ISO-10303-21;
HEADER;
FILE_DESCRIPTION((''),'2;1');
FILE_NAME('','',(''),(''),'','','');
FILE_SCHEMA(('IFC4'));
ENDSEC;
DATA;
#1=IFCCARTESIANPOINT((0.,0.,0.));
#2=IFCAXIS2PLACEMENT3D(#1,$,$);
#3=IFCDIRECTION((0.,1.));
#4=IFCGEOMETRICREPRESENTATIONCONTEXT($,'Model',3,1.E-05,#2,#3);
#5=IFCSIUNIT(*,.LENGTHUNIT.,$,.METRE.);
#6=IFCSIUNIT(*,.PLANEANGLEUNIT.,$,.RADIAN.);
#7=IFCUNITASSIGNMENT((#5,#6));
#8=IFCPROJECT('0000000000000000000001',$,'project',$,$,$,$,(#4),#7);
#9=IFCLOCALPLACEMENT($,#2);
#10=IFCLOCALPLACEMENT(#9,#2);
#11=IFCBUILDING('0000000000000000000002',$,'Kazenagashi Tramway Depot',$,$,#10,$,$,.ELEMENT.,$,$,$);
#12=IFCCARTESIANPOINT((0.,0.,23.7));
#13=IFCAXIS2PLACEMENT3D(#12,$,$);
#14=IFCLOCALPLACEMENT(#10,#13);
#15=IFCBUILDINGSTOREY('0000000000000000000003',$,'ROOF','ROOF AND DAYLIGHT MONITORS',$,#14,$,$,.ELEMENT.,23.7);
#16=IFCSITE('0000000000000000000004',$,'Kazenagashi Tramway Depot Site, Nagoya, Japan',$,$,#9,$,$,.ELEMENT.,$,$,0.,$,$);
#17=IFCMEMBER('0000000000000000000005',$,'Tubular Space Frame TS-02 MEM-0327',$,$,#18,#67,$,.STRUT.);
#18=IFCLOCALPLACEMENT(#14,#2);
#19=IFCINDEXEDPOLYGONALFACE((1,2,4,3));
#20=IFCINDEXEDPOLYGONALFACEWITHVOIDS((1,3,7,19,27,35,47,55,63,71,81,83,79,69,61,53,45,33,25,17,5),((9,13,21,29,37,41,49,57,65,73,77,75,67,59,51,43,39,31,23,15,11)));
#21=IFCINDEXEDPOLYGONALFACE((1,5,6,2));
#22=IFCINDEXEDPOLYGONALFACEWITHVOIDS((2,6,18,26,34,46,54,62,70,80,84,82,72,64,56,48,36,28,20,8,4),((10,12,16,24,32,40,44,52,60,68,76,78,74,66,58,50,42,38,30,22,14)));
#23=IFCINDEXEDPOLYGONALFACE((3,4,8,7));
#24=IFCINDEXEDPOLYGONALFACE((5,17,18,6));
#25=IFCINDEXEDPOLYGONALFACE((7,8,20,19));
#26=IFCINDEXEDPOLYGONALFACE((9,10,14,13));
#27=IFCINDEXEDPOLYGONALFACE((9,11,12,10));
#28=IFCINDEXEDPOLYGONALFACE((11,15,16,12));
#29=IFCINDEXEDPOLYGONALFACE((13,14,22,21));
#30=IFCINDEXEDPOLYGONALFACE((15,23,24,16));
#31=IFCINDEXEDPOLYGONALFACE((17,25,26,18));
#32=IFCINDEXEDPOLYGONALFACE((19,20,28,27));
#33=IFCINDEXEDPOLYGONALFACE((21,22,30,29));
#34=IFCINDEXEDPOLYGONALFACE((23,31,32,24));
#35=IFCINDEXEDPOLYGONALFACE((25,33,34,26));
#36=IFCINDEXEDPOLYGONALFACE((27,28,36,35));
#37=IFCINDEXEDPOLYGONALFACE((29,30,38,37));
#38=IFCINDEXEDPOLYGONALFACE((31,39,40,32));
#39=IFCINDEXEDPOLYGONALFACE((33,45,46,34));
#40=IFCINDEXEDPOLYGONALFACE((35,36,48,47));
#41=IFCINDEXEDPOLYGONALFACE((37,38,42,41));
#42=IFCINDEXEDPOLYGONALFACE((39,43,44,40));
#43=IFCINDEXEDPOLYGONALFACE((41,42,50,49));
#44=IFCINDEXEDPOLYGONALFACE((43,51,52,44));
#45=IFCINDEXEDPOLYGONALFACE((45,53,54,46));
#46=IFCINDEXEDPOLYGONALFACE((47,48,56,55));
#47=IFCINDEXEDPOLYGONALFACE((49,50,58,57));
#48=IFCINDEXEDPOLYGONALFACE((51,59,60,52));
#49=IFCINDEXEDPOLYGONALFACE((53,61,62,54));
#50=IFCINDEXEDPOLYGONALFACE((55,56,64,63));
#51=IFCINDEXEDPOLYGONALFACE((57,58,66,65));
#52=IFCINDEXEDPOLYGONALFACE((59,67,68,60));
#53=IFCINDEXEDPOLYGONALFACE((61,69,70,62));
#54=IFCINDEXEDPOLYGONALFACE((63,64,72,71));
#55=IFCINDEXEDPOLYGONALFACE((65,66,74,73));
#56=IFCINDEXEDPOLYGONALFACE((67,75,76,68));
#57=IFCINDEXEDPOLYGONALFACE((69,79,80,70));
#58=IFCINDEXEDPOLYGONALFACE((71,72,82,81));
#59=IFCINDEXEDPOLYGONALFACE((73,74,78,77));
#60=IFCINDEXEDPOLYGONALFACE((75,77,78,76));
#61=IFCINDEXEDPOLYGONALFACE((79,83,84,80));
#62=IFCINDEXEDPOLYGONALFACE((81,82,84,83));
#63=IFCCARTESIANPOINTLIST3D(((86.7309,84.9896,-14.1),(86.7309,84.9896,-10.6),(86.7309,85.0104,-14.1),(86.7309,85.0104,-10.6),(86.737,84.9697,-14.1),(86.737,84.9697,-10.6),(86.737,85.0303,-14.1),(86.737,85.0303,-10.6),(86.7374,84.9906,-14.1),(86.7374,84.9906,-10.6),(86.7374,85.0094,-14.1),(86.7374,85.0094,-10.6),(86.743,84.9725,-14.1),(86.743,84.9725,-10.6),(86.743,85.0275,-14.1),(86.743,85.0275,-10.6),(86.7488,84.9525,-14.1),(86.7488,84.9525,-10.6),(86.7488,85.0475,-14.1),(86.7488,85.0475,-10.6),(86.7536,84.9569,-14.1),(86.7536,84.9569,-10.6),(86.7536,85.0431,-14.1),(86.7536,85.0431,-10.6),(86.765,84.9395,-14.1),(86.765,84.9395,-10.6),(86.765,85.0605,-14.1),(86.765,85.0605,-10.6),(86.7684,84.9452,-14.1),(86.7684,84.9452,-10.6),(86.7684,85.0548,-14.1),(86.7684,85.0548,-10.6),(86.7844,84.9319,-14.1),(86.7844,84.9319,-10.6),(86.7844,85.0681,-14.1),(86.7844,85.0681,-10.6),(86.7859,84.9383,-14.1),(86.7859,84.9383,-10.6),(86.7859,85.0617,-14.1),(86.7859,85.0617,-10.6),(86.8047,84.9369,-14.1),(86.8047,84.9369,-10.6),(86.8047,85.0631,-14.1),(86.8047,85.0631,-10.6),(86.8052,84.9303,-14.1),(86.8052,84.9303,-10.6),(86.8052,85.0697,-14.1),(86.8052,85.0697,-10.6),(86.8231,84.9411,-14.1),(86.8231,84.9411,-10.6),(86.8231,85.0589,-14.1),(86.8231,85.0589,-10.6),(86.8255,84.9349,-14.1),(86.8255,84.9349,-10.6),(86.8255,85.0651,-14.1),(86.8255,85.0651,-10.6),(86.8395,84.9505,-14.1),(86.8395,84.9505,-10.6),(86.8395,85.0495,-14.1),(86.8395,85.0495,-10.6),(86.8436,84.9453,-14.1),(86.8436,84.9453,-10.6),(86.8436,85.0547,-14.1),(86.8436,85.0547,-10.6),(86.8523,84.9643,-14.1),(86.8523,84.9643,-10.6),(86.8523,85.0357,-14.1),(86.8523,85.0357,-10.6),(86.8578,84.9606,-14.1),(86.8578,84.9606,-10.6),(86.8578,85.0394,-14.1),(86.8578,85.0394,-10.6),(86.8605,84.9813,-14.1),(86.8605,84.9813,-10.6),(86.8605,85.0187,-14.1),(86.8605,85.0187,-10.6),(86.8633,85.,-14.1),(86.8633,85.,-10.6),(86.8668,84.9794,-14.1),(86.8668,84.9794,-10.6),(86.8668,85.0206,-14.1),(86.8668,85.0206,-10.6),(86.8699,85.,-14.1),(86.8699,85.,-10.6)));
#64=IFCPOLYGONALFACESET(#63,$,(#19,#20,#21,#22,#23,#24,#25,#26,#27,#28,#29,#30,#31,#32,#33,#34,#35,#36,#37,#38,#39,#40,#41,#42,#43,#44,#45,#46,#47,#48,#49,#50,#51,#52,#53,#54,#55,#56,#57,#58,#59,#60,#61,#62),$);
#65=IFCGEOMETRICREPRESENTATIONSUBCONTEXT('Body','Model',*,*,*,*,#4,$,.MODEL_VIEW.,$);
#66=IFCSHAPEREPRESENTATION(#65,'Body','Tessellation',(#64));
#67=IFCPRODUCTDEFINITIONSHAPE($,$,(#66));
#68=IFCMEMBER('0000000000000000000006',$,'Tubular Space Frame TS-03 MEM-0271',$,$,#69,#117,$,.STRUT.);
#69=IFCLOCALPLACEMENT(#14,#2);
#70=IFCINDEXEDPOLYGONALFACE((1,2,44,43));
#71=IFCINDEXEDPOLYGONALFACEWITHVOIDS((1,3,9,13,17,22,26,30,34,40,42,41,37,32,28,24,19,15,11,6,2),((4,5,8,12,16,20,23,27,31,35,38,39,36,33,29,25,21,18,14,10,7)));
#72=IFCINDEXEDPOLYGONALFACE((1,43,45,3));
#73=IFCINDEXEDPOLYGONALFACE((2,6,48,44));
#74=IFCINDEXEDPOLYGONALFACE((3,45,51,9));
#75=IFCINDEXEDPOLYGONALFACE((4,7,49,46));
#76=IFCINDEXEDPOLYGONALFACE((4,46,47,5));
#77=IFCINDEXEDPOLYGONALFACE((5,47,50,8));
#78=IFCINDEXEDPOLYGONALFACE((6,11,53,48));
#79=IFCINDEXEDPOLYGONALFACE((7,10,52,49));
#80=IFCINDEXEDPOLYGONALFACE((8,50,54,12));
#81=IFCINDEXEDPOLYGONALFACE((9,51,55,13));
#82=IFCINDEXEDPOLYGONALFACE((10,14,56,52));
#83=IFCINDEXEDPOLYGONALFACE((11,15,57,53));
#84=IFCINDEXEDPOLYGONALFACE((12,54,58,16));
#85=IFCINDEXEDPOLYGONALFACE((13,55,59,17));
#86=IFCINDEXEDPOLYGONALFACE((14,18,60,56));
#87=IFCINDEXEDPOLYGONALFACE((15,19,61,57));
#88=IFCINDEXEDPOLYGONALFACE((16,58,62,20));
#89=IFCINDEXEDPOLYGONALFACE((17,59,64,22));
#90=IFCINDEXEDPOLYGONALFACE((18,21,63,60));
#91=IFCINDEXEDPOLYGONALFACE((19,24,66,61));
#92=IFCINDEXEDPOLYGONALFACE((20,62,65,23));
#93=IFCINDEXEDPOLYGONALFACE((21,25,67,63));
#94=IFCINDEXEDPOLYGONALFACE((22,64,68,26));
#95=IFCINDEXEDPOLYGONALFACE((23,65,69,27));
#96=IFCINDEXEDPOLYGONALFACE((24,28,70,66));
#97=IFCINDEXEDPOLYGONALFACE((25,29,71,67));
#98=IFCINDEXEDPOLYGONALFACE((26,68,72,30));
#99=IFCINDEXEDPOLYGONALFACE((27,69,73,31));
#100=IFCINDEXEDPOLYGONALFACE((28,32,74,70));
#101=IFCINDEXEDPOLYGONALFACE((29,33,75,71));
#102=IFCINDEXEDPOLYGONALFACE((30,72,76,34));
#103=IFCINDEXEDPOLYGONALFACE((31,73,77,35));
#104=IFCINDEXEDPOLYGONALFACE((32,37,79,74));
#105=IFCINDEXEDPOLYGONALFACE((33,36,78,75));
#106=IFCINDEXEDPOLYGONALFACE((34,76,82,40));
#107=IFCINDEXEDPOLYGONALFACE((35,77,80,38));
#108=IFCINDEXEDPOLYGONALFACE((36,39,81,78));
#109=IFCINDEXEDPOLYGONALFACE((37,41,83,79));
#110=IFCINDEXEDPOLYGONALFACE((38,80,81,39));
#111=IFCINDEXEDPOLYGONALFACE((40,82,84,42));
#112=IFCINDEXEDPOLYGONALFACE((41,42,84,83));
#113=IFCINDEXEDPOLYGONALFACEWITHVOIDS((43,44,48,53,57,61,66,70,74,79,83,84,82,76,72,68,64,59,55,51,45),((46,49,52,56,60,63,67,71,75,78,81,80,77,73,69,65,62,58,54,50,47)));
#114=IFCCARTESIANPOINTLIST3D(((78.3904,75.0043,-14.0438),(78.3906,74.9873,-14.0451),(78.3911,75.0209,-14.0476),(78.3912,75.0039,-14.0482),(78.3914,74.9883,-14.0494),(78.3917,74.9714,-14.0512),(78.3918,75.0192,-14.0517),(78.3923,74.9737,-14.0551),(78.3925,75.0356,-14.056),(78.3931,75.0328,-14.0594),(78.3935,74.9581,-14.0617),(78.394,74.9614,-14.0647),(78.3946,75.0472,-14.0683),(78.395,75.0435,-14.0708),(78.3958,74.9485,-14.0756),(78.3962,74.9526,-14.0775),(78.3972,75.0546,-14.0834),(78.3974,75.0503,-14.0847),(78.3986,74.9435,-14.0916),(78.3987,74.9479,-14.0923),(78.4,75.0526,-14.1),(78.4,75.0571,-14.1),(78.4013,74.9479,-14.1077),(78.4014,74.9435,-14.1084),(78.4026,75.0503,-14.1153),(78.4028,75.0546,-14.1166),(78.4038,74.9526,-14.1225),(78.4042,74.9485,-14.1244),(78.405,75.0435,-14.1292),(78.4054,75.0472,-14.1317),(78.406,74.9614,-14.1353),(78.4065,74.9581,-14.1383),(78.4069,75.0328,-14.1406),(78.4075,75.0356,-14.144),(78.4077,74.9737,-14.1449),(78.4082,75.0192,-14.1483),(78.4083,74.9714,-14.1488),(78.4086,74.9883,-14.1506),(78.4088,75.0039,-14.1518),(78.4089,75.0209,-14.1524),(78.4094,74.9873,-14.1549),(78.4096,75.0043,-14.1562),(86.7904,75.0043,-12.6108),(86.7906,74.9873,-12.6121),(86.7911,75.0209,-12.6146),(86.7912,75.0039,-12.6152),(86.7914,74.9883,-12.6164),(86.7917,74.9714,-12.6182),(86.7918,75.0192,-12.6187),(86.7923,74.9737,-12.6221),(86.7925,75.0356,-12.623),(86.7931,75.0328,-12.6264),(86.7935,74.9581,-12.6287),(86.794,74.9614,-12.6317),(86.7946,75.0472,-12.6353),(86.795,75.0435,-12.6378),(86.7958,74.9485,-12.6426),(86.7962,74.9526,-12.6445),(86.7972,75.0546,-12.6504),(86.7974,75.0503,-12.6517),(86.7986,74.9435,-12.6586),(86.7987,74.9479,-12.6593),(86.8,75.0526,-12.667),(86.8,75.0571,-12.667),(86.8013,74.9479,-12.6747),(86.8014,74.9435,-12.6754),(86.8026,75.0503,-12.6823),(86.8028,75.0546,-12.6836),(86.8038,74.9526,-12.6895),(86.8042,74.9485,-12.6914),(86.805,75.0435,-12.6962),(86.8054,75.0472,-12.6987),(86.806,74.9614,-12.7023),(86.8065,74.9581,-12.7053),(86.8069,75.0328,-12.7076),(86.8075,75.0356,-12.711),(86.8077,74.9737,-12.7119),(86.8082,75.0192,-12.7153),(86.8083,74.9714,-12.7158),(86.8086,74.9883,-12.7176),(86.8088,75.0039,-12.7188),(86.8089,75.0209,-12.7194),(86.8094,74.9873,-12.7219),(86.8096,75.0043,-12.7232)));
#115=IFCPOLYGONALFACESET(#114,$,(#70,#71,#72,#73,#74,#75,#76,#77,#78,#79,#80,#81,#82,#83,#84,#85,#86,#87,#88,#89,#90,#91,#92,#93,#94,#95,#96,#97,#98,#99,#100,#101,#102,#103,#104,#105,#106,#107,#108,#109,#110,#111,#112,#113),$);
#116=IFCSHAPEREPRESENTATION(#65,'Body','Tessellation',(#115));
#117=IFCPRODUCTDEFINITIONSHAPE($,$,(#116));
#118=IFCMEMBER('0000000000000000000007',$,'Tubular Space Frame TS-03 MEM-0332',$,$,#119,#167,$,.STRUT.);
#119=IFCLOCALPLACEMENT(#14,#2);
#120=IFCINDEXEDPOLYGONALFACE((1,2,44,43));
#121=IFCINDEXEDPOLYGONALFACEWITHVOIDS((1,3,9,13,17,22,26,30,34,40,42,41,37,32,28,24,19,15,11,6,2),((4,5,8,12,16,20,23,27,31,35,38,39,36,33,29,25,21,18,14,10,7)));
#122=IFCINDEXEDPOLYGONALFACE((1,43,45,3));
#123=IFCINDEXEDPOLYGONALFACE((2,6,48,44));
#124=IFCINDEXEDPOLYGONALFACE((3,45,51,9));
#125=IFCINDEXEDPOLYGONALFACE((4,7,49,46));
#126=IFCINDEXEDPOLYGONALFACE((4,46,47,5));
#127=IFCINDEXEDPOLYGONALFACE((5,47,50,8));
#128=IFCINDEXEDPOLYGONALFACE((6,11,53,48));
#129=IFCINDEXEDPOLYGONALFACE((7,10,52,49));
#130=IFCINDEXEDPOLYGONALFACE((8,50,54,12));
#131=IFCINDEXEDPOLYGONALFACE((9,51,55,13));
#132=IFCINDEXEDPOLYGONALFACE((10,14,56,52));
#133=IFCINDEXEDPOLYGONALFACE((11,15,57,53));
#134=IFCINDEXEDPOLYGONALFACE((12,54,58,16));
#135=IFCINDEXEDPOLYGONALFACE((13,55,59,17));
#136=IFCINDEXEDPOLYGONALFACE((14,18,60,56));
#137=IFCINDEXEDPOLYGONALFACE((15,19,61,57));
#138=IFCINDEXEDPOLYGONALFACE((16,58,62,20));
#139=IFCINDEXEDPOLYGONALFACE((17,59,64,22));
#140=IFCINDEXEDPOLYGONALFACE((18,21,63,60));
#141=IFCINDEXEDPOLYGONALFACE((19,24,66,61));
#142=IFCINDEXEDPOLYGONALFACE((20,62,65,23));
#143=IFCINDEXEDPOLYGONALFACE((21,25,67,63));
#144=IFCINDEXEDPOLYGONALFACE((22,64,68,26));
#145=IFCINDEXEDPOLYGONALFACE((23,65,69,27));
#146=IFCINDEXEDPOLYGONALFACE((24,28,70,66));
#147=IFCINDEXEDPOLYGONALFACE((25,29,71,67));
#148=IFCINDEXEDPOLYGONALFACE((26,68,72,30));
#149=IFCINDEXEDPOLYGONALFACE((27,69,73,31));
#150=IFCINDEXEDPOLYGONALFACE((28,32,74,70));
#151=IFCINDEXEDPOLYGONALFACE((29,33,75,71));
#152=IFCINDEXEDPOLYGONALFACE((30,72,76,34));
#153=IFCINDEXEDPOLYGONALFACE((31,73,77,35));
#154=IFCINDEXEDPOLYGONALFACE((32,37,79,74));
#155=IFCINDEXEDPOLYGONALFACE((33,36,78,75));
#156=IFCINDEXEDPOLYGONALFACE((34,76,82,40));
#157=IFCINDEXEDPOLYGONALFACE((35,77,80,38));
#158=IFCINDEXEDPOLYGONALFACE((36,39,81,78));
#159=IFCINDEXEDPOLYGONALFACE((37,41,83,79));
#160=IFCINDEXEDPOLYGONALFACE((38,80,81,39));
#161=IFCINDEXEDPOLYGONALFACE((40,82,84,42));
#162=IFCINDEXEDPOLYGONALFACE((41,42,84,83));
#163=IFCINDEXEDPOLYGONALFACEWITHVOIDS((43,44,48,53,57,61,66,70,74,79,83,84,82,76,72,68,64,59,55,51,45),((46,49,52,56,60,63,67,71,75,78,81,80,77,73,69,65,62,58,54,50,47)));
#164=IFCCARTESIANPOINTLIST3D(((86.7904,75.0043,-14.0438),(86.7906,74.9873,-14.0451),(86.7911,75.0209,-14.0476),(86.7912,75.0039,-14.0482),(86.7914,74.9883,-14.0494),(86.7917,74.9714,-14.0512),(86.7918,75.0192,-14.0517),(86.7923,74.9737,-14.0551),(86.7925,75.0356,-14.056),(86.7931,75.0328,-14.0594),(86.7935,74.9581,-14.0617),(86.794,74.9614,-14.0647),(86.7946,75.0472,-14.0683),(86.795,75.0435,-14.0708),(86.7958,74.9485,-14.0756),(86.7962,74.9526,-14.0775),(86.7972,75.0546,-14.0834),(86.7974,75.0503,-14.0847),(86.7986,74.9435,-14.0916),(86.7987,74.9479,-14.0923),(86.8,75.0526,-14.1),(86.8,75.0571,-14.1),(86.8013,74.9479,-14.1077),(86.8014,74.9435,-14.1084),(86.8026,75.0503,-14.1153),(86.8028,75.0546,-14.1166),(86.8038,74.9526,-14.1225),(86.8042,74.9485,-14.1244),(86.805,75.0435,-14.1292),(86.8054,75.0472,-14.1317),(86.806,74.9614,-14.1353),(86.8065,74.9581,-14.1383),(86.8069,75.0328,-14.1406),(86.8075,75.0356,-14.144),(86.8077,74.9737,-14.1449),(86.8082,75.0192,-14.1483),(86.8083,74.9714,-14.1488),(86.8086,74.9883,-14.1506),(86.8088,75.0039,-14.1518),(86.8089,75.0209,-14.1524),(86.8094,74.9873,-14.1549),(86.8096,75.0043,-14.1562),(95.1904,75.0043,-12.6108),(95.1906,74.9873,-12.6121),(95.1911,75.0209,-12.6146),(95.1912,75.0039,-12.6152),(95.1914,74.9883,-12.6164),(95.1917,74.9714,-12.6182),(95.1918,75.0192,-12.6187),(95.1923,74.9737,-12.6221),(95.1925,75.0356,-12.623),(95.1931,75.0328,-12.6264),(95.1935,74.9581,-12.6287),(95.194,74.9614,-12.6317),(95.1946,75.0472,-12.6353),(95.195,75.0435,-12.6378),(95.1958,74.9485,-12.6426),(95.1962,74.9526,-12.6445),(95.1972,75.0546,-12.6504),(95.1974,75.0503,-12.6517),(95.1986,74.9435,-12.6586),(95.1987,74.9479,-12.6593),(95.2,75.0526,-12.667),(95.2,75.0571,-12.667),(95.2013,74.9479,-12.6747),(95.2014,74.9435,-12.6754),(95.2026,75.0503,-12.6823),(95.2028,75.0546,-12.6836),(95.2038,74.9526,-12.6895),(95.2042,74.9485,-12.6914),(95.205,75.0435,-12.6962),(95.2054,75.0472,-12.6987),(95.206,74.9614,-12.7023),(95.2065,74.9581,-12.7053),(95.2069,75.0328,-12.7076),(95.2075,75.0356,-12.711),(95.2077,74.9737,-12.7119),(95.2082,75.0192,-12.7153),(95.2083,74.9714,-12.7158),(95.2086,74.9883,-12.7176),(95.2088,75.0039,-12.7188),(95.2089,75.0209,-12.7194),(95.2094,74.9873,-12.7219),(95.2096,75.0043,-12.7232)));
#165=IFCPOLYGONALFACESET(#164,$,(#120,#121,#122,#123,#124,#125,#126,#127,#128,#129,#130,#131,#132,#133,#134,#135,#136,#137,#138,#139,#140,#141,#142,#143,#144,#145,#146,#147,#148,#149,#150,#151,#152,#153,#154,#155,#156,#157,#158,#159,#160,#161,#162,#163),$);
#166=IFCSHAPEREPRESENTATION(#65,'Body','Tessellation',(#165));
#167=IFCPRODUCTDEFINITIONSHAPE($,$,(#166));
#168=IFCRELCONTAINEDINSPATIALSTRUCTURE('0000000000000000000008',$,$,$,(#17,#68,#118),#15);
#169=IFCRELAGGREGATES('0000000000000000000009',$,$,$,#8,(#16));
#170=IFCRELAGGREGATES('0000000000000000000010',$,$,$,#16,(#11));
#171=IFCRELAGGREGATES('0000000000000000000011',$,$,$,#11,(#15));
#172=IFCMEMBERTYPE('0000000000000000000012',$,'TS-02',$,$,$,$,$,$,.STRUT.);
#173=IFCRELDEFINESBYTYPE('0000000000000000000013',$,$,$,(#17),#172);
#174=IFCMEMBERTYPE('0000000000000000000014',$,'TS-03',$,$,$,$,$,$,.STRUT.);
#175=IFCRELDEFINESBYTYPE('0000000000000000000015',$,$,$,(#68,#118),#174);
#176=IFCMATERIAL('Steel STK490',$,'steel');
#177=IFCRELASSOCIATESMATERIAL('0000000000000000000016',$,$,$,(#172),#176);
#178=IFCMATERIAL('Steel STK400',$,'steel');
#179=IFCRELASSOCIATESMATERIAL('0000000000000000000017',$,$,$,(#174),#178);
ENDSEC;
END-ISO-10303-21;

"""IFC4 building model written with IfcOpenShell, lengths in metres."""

from ifc_helpers import new_model, si_unit, direction, frame, origin, origin_2d, place, context, subcontext, project, spatial, hollow_circle, extrude, material, material_profile, profile_set, type_object, element, save


model = new_model("IFC4")

# Units and contexts
model_context = context("Model", 3, precision=1e-05, world=origin(), true_north=direction((0.0, 1.0)))
body_context = subcontext(model_context, "Body", "Model", "MODEL_VIEW")
ifc_project = project(units=[si_unit("LENGTHUNIT", "METRE"), si_unit("PLANEANGLEUNIT", "RADIAN")], contexts=[model_context])

# Site, building, storey
site_placement = place(None, origin())
site = spatial("IfcSite", under=ifc_project, at=site_placement, Name="Kazenagashi Tramway Depot Site, Nagoya, Japan", CompositionType="ELEMENT", RefElevation=0.0)
building_placement = place(site_placement, origin())
building = spatial("IfcBuilding", under=site, at=building_placement, Name="Kazenagashi Tramway Depot", CompositionType="ELEMENT")
storey_placement = place(building_placement, frame((0.0, 0.0, 23.7)))
storey = spatial("IfcBuildingStorey", under=building, at=storey_placement, Name="ROOF", Description="ROOF AND DAYLIGHT MONITORS", CompositionType="ELEMENT", Elevation=23.7)

# Members
ifc_material_1 = material(Name="Steel STK490", Category="steel")
ifc_material_profile_1 = material_profile(ifc_material_1, hollow_circle(Radius=0.0699, WallThickness=0.0066, at=origin_2d()), Name="CHS-139.8x6.6")
ifc_profile_set_1 = profile_set([ifc_material_profile_1], Name="Steel STK490")
member_type_1 = type_object("IfcMemberType", Name="TS-02", PredefinedType="STRUT", material=ifc_profile_set_1)
member_1_placement = place(storey_placement, frame((86.8, 85.0, -14.1), z_axis=(0.0, 0.0, 1.0), x_axis=(1.0, 0.0, 0.0)))
element("IfcMember", 1, at=member_1_placement, inside=storey, type_object=member_type_1, Name="Tubular Space Frame TS-02 MEM-0327", PredefinedType="STRUT", context=body_context, shape_type="SweptSolid", body=[
    extrude(hollow_circle(Radius=0.0699, WallThickness=0.0066, at=origin_2d()), origin(), (0.0, 0.0, 1.0), 3.5),
])
ifc_material_2 = material(Name="Steel STK400", Category="steel")
ifc_material_profile_2 = material_profile(ifc_material_2, hollow_circle(Radius=0.0571, WallThickness=0.0045, at=origin_2d()), Name="CHS-114.3x4.5")
ifc_profile_set_2 = profile_set([ifc_material_profile_2], Name="Steel STK400")
member_type_2 = type_object("IfcMemberType", Name="TS-03", PredefinedType="STRUT", material=ifc_profile_set_2)
for number, where, z_axis, x_axis, name in (
    (2, (78.4, 75.0, -14.1), (0.985759, 0.0, 0.168166), (0.0, 1.0, 0.0), "Tubular Space Frame TS-03 MEM-0271"),
    (3, (86.8, 75.0, -14.1), (0.985759, 0.0, 0.168166), (0.0, 1.0, 0.0), "Tubular Space Frame TS-03 MEM-0332"),
):
    element("IfcMember", number, at=place(storey_placement, frame(where, z_axis=z_axis, x_axis=x_axis)), inside=storey, type_object=member_type_2, Name=name, PredefinedType="STRUT", context=body_context, shape_type="SweptSolid", body=[
        extrude(hollow_circle(Radius=0.0571, WallThickness=0.0045, at=origin_2d()), origin(), (0.0, 0.0, 1.0), 8.5214),
    ])

save(model, "model.ifc")
